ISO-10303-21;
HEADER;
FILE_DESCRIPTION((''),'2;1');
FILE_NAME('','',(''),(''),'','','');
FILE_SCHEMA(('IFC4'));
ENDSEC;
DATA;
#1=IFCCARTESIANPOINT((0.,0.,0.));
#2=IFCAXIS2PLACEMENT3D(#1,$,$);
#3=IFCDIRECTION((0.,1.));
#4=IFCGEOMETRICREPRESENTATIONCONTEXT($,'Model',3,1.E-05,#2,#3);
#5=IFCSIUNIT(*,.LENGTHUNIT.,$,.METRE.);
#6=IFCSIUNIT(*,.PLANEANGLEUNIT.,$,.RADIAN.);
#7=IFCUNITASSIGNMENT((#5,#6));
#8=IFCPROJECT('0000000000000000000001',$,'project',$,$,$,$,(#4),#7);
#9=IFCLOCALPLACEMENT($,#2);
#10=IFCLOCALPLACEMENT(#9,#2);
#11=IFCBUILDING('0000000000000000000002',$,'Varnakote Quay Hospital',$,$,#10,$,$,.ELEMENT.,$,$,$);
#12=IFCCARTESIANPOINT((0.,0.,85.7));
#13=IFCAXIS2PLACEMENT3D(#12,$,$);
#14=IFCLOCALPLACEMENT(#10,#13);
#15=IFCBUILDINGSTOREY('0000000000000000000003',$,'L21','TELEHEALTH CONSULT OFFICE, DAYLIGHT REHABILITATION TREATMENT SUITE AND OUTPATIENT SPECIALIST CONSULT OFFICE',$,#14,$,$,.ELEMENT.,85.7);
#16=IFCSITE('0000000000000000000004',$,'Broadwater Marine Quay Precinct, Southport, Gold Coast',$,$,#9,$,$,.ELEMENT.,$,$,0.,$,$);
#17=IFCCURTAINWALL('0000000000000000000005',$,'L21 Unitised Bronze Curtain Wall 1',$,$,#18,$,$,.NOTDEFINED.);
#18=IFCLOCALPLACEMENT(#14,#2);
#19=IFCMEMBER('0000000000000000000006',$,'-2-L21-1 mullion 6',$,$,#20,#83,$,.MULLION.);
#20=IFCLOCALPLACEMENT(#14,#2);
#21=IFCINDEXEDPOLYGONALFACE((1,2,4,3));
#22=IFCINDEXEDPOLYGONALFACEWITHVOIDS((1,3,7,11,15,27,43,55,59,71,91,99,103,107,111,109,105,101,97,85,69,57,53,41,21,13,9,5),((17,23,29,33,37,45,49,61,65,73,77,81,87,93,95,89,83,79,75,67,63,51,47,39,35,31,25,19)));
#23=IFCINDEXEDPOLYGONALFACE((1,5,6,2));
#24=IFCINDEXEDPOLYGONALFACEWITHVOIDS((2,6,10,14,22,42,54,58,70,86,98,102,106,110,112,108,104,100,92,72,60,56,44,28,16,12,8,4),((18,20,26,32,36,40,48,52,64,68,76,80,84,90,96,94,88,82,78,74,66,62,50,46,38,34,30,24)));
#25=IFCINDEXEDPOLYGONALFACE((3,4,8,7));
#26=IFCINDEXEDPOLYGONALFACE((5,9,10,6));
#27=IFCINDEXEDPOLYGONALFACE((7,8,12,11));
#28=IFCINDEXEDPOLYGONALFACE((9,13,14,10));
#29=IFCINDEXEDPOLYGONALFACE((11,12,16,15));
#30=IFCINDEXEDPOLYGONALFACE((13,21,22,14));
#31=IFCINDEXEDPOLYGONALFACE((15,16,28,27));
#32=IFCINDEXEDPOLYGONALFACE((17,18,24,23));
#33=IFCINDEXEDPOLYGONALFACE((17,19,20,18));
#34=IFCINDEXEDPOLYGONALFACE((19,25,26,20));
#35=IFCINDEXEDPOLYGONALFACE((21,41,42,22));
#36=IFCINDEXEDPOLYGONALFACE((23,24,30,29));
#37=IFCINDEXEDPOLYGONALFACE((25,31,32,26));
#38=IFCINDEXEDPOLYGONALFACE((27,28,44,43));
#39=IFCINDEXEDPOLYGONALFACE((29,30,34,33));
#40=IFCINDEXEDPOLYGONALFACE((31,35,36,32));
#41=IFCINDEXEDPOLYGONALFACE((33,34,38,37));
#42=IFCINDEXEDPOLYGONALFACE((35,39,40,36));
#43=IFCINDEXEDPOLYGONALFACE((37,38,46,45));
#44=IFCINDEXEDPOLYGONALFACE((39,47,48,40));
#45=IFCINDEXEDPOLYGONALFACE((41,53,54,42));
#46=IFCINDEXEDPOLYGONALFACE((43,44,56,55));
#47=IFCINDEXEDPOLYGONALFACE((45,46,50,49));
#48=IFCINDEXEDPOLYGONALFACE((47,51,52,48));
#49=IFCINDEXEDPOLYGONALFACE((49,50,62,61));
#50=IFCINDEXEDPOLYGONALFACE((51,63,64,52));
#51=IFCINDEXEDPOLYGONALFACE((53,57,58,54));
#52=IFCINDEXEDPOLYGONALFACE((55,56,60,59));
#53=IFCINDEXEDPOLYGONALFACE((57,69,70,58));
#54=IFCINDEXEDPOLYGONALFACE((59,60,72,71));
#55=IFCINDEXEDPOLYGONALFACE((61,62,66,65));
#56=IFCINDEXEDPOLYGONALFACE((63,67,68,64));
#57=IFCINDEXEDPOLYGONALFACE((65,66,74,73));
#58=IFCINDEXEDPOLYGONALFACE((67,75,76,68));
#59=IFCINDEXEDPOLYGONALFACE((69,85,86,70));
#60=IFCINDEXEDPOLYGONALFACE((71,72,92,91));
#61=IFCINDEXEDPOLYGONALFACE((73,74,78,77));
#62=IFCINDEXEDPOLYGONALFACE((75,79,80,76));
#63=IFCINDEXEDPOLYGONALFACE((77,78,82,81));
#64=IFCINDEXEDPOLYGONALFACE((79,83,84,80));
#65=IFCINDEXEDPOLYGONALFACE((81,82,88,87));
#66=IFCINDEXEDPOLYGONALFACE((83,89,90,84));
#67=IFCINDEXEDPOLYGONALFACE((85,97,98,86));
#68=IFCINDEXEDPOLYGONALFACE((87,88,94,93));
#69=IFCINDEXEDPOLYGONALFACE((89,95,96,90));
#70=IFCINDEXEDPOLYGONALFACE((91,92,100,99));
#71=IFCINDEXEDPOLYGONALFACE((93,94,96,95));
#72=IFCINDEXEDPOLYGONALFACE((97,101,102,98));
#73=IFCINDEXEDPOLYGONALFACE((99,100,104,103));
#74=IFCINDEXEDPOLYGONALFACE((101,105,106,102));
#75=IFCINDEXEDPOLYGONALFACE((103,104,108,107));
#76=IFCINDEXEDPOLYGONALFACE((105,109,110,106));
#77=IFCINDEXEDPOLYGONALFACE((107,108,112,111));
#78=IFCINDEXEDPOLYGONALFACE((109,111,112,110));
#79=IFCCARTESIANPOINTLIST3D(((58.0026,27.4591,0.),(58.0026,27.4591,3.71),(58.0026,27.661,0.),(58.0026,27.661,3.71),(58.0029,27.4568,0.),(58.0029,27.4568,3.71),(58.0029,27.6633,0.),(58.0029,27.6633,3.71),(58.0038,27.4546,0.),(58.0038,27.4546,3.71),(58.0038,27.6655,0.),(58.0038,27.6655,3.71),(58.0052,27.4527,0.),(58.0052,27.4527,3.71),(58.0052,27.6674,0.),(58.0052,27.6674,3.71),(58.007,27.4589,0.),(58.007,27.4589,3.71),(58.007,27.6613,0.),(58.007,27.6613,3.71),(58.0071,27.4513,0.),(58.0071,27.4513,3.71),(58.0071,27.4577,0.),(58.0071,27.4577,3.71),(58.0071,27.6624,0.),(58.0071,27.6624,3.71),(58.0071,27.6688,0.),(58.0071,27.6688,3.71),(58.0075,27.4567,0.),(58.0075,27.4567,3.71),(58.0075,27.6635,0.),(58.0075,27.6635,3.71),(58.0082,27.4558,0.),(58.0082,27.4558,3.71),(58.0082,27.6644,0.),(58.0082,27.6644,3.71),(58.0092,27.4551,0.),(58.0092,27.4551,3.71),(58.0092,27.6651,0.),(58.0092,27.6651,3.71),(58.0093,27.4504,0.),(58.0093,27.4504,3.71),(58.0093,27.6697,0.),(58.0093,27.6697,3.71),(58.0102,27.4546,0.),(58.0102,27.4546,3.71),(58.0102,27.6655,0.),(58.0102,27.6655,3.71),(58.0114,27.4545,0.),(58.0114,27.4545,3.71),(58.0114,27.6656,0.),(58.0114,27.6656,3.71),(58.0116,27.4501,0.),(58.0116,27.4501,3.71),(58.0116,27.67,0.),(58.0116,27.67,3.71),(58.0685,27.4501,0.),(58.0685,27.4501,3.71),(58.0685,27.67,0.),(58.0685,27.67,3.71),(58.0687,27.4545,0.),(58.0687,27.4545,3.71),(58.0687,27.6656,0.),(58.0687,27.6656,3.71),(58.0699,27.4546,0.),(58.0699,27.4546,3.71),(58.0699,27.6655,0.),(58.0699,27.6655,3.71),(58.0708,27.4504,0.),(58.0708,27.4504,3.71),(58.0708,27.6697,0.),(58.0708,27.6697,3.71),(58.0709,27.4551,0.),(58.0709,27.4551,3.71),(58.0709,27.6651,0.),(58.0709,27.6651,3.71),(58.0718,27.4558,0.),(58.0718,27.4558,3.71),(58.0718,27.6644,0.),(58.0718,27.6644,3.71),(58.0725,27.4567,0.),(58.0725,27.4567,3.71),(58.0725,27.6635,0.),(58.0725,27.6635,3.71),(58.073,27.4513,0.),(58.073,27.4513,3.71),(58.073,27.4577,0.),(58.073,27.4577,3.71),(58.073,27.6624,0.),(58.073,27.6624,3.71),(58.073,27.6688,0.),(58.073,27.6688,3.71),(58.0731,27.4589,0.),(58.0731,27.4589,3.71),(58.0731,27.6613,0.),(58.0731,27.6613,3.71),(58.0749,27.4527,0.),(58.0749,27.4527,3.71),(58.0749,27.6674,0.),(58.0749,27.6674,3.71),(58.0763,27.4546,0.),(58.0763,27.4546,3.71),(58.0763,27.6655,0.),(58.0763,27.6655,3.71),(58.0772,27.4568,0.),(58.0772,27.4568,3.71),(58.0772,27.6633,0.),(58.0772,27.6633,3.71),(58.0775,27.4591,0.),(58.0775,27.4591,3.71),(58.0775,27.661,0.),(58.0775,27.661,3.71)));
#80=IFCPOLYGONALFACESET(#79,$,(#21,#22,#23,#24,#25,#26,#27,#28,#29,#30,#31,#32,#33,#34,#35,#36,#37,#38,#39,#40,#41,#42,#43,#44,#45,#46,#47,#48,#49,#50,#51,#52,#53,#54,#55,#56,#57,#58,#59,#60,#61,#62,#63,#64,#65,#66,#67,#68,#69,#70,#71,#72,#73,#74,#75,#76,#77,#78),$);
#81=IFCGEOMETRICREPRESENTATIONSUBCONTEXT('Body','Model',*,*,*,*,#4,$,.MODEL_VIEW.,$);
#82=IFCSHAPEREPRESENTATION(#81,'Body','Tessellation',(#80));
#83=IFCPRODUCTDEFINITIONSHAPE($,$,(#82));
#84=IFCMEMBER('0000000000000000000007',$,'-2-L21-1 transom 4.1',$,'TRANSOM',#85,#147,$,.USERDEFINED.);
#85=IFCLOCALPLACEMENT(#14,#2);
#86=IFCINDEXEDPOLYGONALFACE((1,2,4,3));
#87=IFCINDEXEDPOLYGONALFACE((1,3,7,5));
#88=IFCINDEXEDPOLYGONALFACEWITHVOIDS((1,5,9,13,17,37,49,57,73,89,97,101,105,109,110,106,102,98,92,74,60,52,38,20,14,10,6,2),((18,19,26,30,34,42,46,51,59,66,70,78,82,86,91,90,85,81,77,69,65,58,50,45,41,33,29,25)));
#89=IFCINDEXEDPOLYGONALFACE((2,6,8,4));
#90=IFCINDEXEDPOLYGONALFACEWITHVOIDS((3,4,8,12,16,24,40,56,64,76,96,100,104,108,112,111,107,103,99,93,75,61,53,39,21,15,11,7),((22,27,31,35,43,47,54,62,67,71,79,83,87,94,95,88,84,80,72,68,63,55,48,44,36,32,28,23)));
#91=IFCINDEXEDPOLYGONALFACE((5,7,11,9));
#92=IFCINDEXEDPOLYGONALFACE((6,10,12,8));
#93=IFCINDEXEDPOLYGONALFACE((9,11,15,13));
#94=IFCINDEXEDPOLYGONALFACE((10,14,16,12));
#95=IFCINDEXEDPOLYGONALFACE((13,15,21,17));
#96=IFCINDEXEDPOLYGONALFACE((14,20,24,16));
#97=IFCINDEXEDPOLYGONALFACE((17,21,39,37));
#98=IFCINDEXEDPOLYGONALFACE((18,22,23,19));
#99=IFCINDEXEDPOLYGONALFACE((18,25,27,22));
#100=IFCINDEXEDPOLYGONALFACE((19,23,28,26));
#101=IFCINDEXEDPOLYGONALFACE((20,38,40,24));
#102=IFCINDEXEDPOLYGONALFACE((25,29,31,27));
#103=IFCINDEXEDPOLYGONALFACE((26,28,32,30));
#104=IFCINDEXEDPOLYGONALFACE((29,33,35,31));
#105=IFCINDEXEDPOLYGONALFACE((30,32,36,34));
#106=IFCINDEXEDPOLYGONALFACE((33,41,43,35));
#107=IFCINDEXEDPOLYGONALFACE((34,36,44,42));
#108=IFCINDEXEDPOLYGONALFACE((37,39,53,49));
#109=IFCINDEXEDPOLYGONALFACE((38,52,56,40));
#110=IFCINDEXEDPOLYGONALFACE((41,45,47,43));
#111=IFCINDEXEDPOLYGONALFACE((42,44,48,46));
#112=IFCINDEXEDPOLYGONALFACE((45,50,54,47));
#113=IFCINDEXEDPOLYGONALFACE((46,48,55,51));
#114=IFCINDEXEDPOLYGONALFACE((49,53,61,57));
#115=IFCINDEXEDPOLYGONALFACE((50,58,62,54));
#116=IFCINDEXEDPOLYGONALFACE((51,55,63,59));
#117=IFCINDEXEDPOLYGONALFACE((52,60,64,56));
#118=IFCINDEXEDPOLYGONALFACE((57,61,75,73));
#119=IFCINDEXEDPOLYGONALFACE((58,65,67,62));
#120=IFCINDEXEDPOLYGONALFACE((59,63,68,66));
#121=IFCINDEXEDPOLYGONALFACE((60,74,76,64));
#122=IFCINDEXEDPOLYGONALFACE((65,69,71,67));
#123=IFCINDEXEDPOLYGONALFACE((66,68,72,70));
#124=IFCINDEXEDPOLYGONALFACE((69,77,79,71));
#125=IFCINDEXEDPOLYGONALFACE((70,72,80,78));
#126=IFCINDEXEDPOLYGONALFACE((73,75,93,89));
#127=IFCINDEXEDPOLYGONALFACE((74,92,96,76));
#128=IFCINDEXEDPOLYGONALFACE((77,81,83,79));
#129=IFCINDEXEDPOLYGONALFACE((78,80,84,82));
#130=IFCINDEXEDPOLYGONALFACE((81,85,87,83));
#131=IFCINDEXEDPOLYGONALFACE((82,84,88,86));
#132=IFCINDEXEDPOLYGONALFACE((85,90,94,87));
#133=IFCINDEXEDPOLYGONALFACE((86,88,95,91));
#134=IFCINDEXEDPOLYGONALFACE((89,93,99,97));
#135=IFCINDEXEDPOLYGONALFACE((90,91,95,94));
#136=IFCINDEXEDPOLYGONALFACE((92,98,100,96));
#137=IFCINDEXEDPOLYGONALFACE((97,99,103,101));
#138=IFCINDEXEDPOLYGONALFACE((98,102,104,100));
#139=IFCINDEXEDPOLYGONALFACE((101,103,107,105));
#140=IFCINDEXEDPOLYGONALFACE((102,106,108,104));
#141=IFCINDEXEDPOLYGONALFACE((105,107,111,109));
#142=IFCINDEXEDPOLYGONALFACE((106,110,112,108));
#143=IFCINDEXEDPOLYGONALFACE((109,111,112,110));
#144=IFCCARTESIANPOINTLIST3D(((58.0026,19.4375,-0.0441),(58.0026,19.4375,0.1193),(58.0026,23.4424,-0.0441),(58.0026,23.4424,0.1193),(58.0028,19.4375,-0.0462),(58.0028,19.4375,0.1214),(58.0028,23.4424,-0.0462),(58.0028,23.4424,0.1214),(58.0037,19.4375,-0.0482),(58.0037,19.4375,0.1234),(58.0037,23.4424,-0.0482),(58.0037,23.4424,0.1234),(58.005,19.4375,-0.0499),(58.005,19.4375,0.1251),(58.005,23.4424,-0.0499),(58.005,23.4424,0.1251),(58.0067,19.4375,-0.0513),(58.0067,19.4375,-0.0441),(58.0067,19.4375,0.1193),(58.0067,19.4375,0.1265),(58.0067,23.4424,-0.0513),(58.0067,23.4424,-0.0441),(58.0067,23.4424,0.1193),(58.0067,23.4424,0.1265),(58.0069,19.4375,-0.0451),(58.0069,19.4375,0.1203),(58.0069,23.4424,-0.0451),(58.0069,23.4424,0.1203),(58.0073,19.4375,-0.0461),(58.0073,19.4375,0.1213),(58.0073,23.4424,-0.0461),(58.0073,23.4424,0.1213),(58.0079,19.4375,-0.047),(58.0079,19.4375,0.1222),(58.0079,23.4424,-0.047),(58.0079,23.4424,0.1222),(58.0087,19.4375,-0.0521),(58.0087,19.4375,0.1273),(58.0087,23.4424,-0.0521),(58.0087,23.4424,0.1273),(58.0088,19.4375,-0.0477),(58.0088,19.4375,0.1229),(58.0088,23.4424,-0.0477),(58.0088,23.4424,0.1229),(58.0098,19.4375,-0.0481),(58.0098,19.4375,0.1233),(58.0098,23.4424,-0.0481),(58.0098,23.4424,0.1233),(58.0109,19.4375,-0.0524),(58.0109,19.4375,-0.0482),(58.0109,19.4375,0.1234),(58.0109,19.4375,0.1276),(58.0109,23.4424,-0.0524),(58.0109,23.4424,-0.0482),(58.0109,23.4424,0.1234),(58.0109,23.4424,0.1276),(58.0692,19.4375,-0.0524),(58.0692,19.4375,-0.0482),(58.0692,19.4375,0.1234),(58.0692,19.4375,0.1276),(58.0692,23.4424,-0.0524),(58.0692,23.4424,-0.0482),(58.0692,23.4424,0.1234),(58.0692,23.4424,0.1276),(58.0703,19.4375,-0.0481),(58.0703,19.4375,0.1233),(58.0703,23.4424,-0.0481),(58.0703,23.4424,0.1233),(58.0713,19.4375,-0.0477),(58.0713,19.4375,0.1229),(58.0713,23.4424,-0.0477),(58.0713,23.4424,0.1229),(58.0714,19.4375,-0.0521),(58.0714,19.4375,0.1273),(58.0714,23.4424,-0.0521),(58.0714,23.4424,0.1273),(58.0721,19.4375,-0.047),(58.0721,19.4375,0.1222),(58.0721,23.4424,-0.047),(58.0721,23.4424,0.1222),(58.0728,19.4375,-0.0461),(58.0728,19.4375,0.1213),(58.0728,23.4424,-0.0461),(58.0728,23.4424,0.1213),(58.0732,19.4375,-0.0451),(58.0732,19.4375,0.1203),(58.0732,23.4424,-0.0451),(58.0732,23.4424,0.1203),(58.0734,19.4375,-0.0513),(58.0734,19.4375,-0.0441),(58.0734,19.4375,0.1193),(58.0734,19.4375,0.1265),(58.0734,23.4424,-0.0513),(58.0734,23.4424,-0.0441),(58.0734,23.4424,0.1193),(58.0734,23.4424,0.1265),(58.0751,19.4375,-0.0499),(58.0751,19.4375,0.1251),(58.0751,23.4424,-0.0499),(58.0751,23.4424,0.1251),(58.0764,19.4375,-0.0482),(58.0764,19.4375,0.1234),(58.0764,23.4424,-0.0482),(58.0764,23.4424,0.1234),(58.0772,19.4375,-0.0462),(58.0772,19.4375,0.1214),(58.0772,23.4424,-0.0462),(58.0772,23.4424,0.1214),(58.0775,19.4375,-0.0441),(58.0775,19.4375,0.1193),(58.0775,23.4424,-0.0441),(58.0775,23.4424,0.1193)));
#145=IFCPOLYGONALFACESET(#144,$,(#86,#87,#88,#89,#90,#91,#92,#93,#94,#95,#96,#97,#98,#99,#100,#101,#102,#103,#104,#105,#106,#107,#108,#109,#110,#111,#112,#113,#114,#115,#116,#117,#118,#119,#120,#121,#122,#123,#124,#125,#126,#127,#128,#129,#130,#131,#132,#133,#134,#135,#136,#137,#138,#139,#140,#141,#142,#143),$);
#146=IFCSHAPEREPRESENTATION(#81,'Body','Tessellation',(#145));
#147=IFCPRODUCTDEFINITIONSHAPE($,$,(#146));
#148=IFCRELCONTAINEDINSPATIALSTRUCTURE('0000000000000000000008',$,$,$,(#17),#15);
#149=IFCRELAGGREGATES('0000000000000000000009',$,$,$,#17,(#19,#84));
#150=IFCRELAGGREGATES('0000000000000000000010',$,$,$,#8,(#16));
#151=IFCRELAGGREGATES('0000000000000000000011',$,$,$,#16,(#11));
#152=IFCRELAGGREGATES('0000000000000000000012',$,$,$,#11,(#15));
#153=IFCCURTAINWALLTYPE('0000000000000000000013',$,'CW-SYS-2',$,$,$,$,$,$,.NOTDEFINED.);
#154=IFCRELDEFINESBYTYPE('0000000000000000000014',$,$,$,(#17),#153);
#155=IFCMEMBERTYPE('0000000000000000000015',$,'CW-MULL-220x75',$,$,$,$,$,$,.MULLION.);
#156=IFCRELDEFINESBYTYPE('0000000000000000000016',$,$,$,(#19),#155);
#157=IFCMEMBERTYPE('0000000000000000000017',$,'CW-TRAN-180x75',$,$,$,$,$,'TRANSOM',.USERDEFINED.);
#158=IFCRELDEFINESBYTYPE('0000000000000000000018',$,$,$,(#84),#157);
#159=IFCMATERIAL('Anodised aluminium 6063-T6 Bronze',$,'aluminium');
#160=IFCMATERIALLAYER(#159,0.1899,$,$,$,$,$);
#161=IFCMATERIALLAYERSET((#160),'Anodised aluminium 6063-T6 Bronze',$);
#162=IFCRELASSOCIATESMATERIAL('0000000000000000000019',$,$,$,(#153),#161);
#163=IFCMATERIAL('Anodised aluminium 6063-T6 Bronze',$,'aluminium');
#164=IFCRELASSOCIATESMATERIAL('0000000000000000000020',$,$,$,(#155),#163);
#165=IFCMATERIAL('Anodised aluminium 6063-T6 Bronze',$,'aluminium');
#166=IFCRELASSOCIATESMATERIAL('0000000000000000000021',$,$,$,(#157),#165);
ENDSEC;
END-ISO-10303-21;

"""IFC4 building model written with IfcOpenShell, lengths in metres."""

from ifc_helpers import new_model, si_unit, direction, frame, origin, origin_2d, place, context, subcontext, project, spatial, hollow_rectangle, extrude, material, layer, layer_set, material_profile, profile_set, type_object, element, aggregate, save


model = new_model("IFC4")

# Units and contexts
model_context = context("Model", 3, precision=1e-05, world=origin(), true_north=direction((0.0, 1.0)))
body_context = subcontext(model_context, "Body", "Model", "MODEL_VIEW")
ifc_project = project(units=[si_unit("LENGTHUNIT", "METRE"), si_unit("PLANEANGLEUNIT", "RADIAN")], contexts=[model_context])

# Site, building, storey
site_placement = place(None, origin())
site = spatial("IfcSite", under=ifc_project, at=site_placement, Name="Broadwater Marine Quay Precinct, Southport, Gold Coast", CompositionType="ELEMENT", RefElevation=0.0)
building_placement = place(site_placement, origin())
building = spatial("IfcBuilding", under=site, at=building_placement, Name="Varnakote Quay Hospital", CompositionType="ELEMENT")
storey_placement = place(building_placement, frame((0.0, 0.0, 85.7)))
storey = spatial("IfcBuildingStorey", under=building, at=storey_placement, Name="L21", Description="TELEHEALTH CONSULT OFFICE, DAYLIGHT REHABILITATION TREATMENT SUITE AND OUTPATIENT SPECIALIST CONSULT OFFICE", CompositionType="ELEMENT", Elevation=85.7)

# Curtain wall, members
ifc_material_1 = material(Name="Anodised aluminium 6063-T6 Bronze", Category="aluminium")
ifc_layer_1 = layer(ifc_material_1, 0.1899)
ifc_layer_set_1 = layer_set([ifc_layer_1], Name="Anodised aluminium 6063-T6 Bronze")
curtain_wall_type = type_object("IfcCurtainWallType", Name="CW-SYS-2", PredefinedType="NOTDEFINED", material=ifc_layer_set_1)
curtain_wall_placement = place(storey_placement, origin())
curtain_wall = element("IfcCurtainWall", 1, at=curtain_wall_placement, inside=storey, type_object=curtain_wall_type, Name="L21 Unitised Bronze Curtain Wall 1", PredefinedType="NOTDEFINED")
ifc_material_2 = material(Name="Anodised aluminium 6063-T6 Bronze", Category="aluminium")
ifc_material_profile_1 = material_profile(ifc_material_2, hollow_rectangle(XDim=0.075, YDim=0.22, WallThickness=0.0044, InnerFilletRadius=0.0044, OuterFilletRadius=0.009, at=origin_2d()), Name="CW-MULL-220x75")
ifc_profile_set_1 = profile_set([ifc_material_profile_1], Name="Anodised aluminium 6063-T6 Bronze")
member_type_1 = type_object("IfcMemberType", Name="CW-MULL-220x75", PredefinedType="MULLION", material=ifc_profile_set_1)
member_1_placement = place(storey_placement, frame((58.04, 27.5601, 0.0), z_axis=(0.0, 0.0, 1.0), x_axis=(-1.0, 0.0, 0.0)))
member_1 = element("IfcMember", 2, at=member_1_placement, type_object=member_type_1, Name="-2-L21-1 mullion 6", PredefinedType="MULLION", context=body_context, shape_type="SweptSolid", body=[
    extrude(hollow_rectangle(XDim=0.075, YDim=0.22, WallThickness=0.0044, InnerFilletRadius=0.0044, OuterFilletRadius=0.009, at=origin_2d()), origin(), (0.0, 0.0, 1.0), 3.71),
])
ifc_material_3 = material(Name="Anodised aluminium 6063-T6 Bronze", Category="aluminium")
ifc_material_profile_2 = material_profile(ifc_material_3, hollow_rectangle(XDim=0.075, YDim=0.1799, WallThickness=0.0042, InnerFilletRadius=0.0042, OuterFilletRadius=0.0083, at=origin_2d()), Name="CW-TRAN-180x75")
ifc_profile_set_2 = profile_set([ifc_material_profile_2], Name="Anodised aluminium 6063-T6 Bronze")
member_type_2 = type_object("IfcMemberType", Name="CW-TRAN-180x75", ElementType="TRANSOM", PredefinedType="USERDEFINED", material=ifc_profile_set_2)
member_2_placement = place(storey_placement, frame((58.04, 19.4375, 0.0376), z_axis=(0.0, 1.0, 0.0), x_axis=(-1.0, 0.0, 0.0)))
member_2 = element("IfcMember", 3, at=member_2_placement, type_object=member_type_2, Name="-2-L21-1 transom 4.1", ObjectType="TRANSOM", PredefinedType="USERDEFINED", context=body_context, shape_type="SweptSolid", body=[
    extrude(hollow_rectangle(XDim=0.075, YDim=0.1799, WallThickness=0.0042, InnerFilletRadius=0.0042, OuterFilletRadius=0.0083, at=origin_2d()), origin(), (0.0, 0.0, 1.0), 4.0049),
])
aggregate(curtain_wall, [member_1, member_2])

save(model, "model.ifc")
